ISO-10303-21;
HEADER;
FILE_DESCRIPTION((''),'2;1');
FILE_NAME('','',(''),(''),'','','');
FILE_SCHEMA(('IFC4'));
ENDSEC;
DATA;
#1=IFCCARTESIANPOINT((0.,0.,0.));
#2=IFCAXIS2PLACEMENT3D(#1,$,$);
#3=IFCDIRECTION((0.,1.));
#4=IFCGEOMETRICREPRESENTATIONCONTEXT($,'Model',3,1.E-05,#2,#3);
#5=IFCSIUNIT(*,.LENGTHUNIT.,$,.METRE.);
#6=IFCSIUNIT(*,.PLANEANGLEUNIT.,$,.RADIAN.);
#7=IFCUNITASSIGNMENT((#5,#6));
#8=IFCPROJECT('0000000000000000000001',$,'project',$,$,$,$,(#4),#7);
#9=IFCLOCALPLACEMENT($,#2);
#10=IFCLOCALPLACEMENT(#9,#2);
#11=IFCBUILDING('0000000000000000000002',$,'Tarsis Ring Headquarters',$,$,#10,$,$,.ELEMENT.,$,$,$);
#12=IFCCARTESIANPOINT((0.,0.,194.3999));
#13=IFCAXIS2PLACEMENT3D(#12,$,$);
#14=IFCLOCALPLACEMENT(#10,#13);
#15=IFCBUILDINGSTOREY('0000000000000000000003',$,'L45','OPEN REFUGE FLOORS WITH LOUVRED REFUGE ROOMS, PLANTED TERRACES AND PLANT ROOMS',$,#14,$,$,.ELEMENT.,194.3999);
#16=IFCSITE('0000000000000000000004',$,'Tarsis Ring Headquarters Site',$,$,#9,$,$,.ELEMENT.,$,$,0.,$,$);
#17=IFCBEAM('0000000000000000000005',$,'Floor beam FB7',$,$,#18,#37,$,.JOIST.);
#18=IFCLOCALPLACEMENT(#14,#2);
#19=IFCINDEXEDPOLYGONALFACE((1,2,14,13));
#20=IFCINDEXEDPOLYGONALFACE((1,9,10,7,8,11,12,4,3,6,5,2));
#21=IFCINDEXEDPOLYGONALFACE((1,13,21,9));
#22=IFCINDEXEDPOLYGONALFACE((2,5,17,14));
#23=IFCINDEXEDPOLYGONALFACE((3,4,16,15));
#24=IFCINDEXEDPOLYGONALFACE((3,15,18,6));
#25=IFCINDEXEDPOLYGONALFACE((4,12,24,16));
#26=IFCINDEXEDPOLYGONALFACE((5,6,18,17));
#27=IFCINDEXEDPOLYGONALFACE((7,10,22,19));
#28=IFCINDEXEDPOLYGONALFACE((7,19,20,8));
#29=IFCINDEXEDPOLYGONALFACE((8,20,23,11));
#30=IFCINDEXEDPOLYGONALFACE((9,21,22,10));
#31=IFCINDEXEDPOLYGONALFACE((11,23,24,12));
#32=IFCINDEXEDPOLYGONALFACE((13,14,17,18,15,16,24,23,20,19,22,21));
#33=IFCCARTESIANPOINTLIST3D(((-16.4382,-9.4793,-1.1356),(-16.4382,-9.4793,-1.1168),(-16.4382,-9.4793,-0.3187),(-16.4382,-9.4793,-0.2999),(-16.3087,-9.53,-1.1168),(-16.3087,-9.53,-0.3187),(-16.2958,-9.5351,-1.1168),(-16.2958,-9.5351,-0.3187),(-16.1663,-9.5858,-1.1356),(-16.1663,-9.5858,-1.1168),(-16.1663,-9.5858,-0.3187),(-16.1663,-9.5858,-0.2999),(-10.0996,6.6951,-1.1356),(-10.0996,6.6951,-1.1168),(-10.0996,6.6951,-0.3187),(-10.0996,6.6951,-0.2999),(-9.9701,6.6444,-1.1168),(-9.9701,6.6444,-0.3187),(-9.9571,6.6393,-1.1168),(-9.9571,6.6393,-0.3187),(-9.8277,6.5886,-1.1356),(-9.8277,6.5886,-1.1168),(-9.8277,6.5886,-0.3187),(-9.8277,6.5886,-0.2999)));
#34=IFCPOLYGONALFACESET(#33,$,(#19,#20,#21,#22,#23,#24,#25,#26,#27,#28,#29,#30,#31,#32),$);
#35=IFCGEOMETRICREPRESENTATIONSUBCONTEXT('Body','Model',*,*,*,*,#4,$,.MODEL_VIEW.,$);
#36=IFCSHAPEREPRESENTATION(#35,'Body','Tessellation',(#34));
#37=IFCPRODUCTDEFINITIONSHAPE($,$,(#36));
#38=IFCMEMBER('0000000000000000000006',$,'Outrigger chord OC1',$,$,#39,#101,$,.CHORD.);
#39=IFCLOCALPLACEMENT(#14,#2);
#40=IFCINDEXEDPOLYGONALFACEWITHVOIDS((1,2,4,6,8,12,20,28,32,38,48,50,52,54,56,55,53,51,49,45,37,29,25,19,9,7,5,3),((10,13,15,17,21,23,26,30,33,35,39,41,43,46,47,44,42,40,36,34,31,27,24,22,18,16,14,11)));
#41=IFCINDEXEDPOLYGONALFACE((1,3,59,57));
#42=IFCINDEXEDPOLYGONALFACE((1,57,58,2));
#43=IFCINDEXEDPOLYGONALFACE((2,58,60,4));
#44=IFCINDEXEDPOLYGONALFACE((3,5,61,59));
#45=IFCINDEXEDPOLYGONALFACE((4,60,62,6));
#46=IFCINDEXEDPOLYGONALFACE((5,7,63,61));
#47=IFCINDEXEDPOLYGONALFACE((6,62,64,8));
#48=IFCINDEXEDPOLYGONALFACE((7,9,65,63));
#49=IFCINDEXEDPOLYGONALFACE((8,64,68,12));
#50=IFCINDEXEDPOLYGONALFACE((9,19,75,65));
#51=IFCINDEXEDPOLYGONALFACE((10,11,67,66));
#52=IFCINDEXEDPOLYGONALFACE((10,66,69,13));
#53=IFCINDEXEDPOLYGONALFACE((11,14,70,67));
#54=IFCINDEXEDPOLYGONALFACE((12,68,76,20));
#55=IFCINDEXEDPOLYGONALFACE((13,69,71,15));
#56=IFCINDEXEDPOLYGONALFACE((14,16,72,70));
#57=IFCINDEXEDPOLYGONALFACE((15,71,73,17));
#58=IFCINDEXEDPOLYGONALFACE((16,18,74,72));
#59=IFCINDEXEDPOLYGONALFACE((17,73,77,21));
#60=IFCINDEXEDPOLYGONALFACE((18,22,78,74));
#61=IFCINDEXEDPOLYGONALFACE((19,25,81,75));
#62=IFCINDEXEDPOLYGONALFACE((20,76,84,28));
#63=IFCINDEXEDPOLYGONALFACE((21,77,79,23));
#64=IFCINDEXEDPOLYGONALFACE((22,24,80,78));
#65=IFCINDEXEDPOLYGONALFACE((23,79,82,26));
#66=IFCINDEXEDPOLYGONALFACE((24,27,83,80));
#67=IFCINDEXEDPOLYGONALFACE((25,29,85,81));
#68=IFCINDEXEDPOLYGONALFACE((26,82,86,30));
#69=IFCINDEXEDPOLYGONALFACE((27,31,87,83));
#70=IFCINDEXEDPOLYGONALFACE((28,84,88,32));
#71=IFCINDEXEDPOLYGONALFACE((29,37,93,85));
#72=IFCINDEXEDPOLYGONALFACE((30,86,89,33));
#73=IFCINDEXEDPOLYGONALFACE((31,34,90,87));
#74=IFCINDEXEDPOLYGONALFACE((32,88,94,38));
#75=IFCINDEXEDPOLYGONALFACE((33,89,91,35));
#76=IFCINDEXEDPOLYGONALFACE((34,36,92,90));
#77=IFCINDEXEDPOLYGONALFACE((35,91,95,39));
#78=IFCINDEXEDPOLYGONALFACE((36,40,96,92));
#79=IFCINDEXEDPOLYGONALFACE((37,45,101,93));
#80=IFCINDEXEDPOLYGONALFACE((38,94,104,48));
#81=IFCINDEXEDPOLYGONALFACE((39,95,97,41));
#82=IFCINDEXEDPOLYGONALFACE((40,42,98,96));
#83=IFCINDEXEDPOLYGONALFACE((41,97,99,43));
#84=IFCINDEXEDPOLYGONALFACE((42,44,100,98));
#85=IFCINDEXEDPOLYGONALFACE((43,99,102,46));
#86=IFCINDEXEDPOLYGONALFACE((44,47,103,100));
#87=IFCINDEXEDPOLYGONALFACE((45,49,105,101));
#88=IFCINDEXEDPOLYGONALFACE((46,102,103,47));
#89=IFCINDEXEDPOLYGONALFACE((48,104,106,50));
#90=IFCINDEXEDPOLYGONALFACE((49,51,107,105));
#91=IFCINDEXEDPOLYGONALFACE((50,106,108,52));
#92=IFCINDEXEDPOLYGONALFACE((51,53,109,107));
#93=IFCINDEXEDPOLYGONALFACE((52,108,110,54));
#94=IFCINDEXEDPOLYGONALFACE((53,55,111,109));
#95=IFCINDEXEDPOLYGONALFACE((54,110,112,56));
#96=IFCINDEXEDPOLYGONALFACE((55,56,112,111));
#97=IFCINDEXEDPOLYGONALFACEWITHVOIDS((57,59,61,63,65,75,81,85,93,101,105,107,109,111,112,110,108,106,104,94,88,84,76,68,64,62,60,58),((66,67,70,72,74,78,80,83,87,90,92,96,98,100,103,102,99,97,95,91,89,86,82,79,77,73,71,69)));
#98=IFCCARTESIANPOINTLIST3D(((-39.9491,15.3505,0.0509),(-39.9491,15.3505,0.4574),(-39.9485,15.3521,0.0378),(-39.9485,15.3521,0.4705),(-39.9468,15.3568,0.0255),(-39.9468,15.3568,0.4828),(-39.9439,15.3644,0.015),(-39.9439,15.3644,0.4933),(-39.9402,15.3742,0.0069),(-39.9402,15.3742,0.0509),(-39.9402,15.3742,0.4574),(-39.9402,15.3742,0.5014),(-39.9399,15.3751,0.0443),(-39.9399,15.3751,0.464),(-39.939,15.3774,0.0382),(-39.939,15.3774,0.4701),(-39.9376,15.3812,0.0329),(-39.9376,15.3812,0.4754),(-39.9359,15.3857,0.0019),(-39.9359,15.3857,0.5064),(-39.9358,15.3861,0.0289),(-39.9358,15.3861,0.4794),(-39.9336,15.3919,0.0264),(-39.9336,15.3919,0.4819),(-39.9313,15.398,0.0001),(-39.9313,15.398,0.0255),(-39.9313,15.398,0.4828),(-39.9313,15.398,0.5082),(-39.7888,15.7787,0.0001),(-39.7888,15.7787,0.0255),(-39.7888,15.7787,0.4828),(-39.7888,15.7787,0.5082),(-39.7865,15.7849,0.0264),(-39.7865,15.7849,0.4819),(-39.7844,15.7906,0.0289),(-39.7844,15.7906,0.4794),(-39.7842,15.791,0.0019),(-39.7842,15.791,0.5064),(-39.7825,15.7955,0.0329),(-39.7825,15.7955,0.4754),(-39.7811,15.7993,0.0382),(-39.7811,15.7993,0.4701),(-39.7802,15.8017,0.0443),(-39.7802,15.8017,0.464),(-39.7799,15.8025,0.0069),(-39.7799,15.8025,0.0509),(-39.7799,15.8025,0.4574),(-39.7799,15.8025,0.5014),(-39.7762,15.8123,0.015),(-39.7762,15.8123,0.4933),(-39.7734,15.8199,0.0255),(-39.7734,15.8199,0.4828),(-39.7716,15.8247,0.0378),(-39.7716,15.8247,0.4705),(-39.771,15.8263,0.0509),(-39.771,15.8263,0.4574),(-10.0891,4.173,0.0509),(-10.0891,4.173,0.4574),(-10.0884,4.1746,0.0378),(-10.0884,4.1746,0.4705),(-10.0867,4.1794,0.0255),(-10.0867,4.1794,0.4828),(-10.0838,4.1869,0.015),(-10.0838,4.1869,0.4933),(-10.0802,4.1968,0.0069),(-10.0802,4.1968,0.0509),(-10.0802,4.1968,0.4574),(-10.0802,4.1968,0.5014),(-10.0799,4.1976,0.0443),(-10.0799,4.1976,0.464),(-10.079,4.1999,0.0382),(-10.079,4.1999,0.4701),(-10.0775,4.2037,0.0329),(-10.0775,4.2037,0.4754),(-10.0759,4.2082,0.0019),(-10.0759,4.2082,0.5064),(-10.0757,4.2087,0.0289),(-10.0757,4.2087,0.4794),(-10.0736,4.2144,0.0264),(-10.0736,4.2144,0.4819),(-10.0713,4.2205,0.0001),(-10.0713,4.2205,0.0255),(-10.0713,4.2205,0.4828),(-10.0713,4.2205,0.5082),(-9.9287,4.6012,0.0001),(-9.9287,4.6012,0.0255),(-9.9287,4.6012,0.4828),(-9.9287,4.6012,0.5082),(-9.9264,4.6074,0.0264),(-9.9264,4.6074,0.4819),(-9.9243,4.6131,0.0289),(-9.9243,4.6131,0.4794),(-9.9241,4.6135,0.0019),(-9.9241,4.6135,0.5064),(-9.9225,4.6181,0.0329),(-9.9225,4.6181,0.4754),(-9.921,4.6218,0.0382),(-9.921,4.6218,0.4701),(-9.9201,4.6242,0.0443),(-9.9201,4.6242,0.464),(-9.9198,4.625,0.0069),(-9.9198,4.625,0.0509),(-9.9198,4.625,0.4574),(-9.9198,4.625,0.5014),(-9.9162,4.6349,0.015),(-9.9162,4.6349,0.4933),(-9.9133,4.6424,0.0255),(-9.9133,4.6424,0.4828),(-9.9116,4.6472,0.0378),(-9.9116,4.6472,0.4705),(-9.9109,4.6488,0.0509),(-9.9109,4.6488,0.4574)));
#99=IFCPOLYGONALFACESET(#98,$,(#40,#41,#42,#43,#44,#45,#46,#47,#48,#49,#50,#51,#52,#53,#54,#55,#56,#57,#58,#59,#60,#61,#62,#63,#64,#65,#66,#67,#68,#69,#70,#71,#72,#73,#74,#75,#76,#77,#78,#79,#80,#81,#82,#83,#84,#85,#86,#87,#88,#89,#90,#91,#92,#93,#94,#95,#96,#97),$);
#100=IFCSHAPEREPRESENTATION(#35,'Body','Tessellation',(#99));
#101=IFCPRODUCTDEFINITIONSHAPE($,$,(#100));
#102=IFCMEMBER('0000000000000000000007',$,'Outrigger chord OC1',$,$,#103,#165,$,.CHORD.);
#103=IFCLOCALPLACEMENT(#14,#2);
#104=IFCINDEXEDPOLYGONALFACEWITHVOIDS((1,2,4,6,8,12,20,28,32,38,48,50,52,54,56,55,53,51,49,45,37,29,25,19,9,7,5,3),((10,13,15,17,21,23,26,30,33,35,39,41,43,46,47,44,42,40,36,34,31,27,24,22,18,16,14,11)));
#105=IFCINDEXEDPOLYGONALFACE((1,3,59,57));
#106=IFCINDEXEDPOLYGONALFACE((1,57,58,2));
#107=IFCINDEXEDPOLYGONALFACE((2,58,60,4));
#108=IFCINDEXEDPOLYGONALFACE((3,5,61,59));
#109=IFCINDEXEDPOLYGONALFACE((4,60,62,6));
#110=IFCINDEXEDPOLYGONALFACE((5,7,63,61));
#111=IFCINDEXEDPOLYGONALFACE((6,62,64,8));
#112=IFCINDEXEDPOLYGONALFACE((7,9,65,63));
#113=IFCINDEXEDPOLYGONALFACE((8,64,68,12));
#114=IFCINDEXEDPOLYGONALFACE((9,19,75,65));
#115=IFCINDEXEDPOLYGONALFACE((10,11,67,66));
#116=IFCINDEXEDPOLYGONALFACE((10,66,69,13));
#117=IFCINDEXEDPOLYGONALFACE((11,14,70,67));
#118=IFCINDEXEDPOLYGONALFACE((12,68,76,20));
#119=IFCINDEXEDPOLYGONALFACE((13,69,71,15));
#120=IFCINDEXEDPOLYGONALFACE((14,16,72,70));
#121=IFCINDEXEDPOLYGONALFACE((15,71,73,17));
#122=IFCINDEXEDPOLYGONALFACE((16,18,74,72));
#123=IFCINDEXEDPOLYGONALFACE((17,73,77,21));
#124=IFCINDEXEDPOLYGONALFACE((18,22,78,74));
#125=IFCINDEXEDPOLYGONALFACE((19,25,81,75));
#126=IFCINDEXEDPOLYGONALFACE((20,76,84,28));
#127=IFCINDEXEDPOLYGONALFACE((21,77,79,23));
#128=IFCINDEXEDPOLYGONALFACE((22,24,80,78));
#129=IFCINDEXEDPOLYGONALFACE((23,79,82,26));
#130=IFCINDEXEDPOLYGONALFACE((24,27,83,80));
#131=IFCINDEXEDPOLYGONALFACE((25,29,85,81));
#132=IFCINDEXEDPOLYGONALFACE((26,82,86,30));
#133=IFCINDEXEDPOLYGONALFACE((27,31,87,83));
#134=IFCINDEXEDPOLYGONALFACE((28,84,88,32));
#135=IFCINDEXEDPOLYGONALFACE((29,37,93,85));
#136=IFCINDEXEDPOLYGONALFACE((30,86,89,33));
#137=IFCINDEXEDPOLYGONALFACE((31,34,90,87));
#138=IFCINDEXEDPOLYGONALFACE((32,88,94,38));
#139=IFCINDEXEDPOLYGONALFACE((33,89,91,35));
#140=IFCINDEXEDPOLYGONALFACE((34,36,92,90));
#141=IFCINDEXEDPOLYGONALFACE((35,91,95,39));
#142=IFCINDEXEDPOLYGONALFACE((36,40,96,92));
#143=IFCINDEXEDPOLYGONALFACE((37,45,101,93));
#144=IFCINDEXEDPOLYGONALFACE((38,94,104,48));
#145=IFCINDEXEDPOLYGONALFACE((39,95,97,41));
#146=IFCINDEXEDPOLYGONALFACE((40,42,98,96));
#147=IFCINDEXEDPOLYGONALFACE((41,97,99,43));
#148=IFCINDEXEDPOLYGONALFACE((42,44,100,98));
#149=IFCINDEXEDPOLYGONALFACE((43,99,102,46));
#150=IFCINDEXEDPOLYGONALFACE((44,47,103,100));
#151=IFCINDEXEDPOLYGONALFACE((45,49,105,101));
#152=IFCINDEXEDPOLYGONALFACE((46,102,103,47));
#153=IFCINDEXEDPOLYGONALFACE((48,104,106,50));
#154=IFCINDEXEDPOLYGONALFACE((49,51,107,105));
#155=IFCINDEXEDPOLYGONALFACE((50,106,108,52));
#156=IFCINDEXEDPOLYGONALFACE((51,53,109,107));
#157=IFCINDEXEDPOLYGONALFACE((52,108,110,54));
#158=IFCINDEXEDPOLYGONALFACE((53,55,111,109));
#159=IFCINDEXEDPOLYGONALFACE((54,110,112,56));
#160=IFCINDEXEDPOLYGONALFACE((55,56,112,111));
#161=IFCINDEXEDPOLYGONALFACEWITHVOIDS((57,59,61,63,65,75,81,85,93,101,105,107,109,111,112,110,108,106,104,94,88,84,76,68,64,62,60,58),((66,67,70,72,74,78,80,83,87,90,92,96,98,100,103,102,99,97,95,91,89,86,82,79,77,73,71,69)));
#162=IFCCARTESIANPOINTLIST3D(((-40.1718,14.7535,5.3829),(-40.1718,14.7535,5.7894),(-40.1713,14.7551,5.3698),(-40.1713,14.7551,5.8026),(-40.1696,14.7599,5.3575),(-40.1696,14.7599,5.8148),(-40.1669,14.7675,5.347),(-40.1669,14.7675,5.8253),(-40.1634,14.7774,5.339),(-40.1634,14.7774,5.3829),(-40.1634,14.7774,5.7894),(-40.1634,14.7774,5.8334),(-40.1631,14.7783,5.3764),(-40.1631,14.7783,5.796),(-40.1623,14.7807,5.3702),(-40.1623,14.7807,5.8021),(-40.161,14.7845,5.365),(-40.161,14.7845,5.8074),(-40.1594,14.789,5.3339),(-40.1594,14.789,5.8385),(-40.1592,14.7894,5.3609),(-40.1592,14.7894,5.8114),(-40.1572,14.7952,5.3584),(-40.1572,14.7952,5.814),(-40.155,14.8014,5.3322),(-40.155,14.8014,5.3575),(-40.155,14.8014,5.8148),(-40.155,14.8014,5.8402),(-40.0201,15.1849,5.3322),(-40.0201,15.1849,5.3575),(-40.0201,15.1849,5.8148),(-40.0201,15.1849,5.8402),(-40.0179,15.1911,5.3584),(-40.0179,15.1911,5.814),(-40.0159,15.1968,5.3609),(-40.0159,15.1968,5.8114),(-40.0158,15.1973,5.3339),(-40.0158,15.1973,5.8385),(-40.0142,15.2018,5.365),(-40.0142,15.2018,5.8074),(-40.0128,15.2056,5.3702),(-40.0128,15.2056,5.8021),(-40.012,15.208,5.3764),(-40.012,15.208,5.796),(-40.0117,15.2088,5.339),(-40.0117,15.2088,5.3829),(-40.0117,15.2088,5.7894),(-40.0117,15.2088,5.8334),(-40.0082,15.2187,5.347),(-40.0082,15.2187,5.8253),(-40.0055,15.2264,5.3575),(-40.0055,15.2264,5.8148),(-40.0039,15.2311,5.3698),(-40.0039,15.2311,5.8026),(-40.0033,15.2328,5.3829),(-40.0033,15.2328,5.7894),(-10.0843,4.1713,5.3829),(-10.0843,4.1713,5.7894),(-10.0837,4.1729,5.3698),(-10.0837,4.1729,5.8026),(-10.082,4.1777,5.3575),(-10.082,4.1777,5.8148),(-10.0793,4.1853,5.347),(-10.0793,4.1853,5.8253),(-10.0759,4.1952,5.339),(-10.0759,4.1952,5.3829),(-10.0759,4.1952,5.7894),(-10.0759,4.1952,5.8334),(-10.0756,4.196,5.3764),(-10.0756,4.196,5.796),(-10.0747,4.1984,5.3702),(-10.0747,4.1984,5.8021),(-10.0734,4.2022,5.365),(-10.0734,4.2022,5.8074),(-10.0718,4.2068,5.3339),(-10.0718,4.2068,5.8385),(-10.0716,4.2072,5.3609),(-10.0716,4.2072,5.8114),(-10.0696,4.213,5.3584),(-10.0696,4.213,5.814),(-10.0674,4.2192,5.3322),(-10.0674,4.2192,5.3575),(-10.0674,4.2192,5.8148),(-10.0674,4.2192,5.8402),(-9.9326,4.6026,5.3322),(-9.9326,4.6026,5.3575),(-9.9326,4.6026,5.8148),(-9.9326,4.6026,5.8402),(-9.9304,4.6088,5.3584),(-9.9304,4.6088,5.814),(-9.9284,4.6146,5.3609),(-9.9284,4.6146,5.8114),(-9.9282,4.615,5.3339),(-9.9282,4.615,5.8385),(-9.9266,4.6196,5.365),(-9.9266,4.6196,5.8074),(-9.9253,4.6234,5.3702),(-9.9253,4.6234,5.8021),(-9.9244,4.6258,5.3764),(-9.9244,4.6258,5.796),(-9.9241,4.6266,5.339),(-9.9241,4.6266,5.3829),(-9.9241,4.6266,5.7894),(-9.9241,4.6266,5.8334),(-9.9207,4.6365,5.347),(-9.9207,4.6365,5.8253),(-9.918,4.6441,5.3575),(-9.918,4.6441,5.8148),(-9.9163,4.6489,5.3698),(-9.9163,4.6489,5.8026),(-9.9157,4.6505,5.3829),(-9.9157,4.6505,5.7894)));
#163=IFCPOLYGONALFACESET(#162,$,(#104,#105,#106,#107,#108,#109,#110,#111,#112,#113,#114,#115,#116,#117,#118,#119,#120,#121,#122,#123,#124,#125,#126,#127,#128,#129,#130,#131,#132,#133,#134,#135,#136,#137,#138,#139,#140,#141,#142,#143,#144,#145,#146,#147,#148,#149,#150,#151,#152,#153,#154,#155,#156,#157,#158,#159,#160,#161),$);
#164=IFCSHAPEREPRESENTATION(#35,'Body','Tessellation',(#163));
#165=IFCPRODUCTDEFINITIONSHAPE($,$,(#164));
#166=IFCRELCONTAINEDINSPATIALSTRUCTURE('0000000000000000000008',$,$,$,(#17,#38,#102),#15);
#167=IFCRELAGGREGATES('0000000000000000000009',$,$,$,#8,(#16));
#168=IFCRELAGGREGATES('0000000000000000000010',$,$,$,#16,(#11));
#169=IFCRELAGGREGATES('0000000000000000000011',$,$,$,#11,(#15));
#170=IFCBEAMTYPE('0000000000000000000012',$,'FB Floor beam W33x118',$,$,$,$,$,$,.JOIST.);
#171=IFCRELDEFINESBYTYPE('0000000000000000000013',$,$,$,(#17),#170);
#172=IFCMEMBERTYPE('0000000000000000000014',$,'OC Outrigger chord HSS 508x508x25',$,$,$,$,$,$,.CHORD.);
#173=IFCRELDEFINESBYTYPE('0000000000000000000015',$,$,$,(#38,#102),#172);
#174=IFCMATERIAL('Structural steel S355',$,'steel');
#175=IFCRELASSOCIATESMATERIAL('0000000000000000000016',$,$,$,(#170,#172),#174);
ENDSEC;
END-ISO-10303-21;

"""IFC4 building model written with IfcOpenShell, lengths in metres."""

from ifc_helpers import new_model, si_unit, direction, frame, origin, origin_2d, place, context, subcontext, project, spatial, hollow_rectangle, i_section, extrude, material, material_profile, profile_set, type_object, element, save


model = new_model("IFC4")

# Units and contexts
model_context = context("Model", 3, precision=1e-05, world=origin(), true_north=direction((0.0, 1.0)))
body_context = subcontext(model_context, "Body", "Model", "MODEL_VIEW")
ifc_project = project(units=[si_unit("LENGTHUNIT", "METRE"), si_unit("PLANEANGLEUNIT", "RADIAN")], contexts=[model_context])

# Site, building, storey
site_placement = place(None, origin())
site = spatial("IfcSite", under=ifc_project, at=site_placement, Name="Tarsis Ring Headquarters Site", CompositionType="ELEMENT", RefElevation=0.0)
building_placement = place(site_placement, origin())
building = spatial("IfcBuilding", under=site, at=building_placement, Name="Tarsis Ring Headquarters", CompositionType="ELEMENT")
storey_placement = place(building_placement, frame((0.0, 0.0, 194.3999)))
storey = spatial("IfcBuildingStorey", under=building, at=storey_placement, Name="L45", Description="OPEN REFUGE FLOORS WITH LOUVRED REFUGE ROOMS, PLANTED TERRACES AND PLANT ROOMS", CompositionType="ELEMENT", Elevation=194.3999)

# Beam
ifc_material_1 = material(Name="Structural steel S355", Category="steel")
ifc_material_profile_1 = material_profile(ifc_material_1, i_section(OverallWidth=0.292, OverallDepth=0.8357, WebThickness=0.0139, FlangeThickness=0.0188, at=origin_2d()), Name="W33x118")
ifc_profile_set_1 = profile_set([ifc_material_profile_1], Name="Structural steel S355")
beam_type_1 = type_object("IfcBeamType", Name="FB Floor beam W33x118", PredefinedType="JOIST", material=ifc_profile_set_1)
beam_1_placement = place(storey_placement, frame((-9.9636, 6.6418, -0.7178), z_axis=(-0.364876, -0.931056, 0.0), x_axis=(0.931056, -0.364876, 0.0)))
element("IfcBeam", 1, at=beam_1_placement, inside=storey, type_object=beam_type_1, Name="Floor beam FB7", PredefinedType="JOIST", context=body_context, shape_type="SweptSolid", body=[
    extrude(i_section(OverallWidth=0.292, OverallDepth=0.8357, WebThickness=0.0139, FlangeThickness=0.0188, at=origin_2d()), origin(), (0.0, 0.0, 1.0), 17.3721),
])

# Members
ifc_material_profile_2 = material_profile(ifc_material_1, hollow_rectangle(XDim=0.5081, YDim=0.5081, WallThickness=0.0254, InnerFilletRadius=0.0254, OuterFilletRadius=0.0508, at=origin_2d()), Name="HSS 508x508x25")
ifc_profile_set_2 = profile_set([ifc_material_profile_2], Name="Structural steel S355")
member_type_1 = type_object("IfcMemberType", Name="OC Outrigger chord HSS 508x508x25", PredefinedType="CHORD", material=ifc_profile_set_2)
member_1_placement = place(storey_placement, frame((-10.0, 4.4109, 0.2542), z_axis=(-0.936536, 0.350572, 0.0), x_axis=(-0.350572, -0.936536, 0.0)))
element("IfcMember", 2, at=member_1_placement, inside=storey, type_object=member_type_1, Name="Outrigger chord OC1", PredefinedType="CHORD", context=body_context, shape_type="SweptSolid", body=[
    extrude(hollow_rectangle(XDim=0.5081, YDim=0.5081, WallThickness=0.0254, InnerFilletRadius=0.0254, OuterFilletRadius=0.0508, at=origin_2d()), origin(), (0.0, 0.0, 1.0), 31.8835),
])
member_2_placement = place(storey_placement, frame((-10.0, 4.4109, 5.5862), z_axis=(-0.943353, 0.331791, 0.0), x_axis=(-0.331791, -0.943353, 0.0)))
element("IfcMember", 3, at=member_2_placement, inside=storey, type_object=member_type_1, Name="Outrigger chord OC1", PredefinedType="CHORD", context=body_context, shape_type="SweptSolid", body=[
    extrude(hollow_rectangle(XDim=0.5081, YDim=0.5081, WallThickness=0.0254, InnerFilletRadius=0.0254, OuterFilletRadius=0.0508, at=origin_2d()), origin(), (0.0, 0.0, 1.0), 31.8943),
])

save(model, "model.ifc")
